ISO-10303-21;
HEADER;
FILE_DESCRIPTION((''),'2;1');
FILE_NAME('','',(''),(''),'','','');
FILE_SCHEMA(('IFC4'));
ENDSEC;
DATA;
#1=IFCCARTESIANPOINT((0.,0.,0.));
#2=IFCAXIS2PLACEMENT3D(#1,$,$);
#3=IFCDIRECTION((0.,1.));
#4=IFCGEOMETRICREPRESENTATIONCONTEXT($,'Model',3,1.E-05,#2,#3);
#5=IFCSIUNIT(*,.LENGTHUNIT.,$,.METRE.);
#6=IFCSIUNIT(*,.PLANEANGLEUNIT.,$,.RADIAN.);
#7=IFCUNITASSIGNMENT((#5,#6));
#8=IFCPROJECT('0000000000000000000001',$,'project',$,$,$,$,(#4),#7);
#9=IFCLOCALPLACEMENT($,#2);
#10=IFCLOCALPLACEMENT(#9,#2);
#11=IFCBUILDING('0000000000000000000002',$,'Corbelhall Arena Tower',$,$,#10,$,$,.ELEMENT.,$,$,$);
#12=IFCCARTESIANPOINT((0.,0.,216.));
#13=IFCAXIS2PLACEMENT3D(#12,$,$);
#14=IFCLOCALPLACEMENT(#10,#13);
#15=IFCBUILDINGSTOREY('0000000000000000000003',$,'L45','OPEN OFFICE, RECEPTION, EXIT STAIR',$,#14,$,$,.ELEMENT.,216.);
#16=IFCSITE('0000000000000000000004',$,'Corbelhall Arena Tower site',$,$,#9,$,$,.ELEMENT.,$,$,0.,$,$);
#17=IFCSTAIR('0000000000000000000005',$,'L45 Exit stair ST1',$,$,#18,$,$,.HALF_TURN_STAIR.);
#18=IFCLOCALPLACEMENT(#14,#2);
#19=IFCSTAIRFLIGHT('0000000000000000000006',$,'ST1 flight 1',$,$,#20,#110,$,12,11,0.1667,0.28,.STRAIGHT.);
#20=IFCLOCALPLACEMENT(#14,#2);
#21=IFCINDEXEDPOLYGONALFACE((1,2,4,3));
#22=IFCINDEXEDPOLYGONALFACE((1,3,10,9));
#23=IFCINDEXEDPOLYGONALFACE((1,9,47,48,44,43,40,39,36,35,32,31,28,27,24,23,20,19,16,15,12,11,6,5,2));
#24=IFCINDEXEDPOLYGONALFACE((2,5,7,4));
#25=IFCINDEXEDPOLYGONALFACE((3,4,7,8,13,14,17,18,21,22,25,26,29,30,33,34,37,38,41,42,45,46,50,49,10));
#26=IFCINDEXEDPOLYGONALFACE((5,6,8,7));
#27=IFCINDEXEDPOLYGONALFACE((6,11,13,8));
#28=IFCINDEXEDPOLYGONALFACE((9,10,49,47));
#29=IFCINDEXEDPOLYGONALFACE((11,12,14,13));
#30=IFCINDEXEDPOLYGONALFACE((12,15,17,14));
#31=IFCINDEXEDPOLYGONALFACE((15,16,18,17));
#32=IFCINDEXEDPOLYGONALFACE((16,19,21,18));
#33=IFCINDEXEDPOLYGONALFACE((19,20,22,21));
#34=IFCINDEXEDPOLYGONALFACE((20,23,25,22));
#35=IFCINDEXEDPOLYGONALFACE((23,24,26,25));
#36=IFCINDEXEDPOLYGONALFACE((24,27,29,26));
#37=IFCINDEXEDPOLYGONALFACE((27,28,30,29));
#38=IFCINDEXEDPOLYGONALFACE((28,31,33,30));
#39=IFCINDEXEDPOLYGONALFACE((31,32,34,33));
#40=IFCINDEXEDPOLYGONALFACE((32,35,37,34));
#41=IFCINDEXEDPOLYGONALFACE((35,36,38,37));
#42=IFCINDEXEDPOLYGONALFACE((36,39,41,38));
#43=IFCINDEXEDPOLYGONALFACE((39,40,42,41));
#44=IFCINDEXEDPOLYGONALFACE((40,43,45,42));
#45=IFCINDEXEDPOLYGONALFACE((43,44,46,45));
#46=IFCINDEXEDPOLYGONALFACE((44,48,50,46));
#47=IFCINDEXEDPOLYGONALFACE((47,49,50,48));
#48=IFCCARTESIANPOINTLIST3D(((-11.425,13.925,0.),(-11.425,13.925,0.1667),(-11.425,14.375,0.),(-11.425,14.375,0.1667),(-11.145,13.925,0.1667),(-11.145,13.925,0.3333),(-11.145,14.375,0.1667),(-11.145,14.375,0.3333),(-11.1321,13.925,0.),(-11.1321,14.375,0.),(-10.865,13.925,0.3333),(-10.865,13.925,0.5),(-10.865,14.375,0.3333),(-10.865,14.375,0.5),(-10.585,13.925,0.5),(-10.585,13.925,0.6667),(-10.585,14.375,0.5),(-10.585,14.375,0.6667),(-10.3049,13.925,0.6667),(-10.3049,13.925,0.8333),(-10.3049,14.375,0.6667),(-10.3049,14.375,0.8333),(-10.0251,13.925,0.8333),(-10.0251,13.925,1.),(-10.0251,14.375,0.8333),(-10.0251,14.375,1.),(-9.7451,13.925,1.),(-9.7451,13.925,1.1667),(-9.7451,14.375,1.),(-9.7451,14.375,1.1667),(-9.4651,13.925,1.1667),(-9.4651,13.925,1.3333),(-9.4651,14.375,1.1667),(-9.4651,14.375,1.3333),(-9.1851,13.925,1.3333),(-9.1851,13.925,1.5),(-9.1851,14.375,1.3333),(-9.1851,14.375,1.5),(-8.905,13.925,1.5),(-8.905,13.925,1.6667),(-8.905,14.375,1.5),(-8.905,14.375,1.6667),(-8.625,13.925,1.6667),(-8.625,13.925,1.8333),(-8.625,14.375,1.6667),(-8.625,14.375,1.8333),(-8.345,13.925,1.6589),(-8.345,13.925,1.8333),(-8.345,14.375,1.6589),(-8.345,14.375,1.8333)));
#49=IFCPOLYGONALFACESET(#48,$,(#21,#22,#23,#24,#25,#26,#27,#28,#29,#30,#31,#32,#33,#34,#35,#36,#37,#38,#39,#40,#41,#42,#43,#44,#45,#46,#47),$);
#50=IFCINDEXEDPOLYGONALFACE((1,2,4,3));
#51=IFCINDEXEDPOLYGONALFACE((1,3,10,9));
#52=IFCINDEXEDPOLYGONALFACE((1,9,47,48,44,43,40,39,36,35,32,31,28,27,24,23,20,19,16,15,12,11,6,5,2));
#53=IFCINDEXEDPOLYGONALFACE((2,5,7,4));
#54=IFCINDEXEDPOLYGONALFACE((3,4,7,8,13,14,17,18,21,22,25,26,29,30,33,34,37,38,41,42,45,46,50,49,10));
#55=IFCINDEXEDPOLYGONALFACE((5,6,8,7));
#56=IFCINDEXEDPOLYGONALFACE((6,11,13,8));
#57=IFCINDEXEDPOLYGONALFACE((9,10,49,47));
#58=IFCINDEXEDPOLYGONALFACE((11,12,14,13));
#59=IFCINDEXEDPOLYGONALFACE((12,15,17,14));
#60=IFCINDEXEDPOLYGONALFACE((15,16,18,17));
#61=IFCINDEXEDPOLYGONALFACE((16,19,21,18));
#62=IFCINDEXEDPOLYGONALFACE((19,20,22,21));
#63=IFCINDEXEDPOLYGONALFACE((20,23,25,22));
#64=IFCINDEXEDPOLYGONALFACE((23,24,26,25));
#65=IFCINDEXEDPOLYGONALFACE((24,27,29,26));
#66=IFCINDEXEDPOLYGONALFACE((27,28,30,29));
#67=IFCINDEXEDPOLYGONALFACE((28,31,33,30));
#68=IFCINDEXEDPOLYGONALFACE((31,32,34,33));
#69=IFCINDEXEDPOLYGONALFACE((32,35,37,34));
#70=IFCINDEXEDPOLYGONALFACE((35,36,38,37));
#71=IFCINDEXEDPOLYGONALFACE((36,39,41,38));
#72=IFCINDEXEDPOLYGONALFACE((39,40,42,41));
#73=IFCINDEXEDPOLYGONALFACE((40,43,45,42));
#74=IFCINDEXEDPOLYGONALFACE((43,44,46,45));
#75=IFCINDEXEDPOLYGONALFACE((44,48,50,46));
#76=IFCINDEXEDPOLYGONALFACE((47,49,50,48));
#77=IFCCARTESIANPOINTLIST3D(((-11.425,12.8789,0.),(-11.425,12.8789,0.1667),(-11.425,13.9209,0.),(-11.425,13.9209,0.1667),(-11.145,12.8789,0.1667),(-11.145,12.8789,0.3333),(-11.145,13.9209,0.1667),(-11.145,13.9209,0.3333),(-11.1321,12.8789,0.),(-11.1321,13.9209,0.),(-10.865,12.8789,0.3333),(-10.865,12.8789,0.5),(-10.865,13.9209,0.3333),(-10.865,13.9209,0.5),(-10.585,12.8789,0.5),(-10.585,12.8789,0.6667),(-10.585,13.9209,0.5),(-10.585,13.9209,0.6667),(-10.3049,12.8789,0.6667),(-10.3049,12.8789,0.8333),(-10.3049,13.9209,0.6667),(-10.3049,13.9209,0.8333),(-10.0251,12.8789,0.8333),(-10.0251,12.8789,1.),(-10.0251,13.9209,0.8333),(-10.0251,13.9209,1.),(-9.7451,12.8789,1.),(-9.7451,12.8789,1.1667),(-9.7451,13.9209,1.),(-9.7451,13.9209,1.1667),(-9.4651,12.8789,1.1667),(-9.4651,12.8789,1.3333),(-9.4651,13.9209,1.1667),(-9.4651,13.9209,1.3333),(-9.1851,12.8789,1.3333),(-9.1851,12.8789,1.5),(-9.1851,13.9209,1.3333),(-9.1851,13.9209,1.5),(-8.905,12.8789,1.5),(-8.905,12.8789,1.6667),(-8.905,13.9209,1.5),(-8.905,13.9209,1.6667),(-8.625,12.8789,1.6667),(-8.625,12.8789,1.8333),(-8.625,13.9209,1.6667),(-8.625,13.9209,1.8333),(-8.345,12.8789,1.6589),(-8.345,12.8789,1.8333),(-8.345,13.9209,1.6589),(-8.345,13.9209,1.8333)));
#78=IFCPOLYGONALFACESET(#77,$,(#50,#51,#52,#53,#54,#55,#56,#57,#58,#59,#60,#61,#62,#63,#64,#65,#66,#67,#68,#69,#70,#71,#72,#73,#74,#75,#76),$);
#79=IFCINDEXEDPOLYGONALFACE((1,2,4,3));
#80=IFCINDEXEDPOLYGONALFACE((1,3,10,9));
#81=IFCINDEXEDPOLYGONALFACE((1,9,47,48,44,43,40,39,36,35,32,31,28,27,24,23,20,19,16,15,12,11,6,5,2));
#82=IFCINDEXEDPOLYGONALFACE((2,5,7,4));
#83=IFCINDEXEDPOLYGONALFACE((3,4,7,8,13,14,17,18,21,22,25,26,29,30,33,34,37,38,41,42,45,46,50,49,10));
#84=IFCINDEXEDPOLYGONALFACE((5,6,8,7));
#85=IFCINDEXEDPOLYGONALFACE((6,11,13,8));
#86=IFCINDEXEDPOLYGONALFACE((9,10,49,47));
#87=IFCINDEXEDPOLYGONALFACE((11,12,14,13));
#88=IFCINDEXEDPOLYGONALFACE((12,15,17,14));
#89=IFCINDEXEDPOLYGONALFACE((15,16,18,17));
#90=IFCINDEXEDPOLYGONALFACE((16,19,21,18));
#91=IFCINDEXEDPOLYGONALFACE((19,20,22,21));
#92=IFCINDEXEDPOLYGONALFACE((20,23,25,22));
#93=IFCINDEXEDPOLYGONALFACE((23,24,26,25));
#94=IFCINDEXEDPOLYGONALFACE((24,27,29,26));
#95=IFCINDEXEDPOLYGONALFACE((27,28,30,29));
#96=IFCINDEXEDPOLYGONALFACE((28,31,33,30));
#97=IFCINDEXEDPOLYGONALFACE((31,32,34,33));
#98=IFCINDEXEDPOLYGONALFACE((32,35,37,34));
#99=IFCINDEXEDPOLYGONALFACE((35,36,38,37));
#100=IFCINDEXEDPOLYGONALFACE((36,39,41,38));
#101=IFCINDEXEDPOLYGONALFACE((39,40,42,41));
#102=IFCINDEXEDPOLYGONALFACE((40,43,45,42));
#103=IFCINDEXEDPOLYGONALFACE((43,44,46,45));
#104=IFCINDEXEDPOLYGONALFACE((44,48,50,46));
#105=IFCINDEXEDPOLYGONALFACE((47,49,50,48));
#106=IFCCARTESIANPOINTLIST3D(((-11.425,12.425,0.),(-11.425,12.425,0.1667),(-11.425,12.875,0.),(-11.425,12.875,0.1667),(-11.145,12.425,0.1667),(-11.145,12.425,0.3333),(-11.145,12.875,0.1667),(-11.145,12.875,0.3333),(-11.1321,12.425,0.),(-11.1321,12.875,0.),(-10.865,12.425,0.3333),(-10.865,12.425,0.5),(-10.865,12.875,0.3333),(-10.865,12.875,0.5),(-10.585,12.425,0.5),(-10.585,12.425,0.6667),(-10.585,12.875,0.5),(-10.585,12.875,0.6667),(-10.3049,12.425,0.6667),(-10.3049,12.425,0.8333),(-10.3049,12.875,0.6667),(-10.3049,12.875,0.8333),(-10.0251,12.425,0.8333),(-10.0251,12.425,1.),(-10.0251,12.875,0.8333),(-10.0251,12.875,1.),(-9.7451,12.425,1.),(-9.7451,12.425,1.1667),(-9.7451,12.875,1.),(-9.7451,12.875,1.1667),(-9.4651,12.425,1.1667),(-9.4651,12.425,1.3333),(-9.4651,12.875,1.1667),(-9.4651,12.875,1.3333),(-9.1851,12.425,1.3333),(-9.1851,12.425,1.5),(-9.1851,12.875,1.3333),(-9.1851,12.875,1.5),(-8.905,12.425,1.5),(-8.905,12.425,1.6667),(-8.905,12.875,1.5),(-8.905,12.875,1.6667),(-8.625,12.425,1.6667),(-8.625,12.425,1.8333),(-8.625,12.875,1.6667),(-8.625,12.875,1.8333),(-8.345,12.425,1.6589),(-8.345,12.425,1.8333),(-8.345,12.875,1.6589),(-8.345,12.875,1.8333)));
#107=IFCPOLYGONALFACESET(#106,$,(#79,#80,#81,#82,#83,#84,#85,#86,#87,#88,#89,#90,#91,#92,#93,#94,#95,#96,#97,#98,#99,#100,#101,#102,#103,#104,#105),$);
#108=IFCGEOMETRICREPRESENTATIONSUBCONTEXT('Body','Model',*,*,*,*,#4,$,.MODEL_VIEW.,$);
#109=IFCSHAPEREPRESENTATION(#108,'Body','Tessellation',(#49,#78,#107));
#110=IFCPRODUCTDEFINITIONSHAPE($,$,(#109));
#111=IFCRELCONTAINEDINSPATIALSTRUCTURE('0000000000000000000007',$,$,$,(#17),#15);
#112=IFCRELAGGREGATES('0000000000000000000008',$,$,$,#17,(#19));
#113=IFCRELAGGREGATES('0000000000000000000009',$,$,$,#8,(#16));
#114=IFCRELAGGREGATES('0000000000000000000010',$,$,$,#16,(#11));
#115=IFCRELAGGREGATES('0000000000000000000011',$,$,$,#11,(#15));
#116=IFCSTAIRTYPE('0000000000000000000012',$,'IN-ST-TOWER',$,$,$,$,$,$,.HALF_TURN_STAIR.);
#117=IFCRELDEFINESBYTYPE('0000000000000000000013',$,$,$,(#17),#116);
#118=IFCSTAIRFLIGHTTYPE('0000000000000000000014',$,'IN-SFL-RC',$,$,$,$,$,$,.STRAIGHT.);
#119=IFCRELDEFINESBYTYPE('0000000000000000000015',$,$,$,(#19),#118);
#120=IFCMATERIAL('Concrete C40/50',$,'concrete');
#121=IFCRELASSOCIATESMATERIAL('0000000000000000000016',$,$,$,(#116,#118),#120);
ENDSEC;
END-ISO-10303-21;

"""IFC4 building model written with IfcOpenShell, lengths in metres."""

from ifc_helpers import new_model, si_unit, direction, frame, origin, place, context, subcontext, project, spatial, polyline, outline, extrude, material, type_object, element, aggregate, save


model = new_model("IFC4")

# Units and contexts
model_context = context("Model", 3, precision=1e-05, world=origin(), true_north=direction((0.0, 1.0)))
body_context = subcontext(model_context, "Body", "Model", "MODEL_VIEW")
ifc_project = project(units=[si_unit("LENGTHUNIT", "METRE"), si_unit("PLANEANGLEUNIT", "RADIAN")], contexts=[model_context])

# Site, building, storey
site_placement = place(None, origin())
site = spatial("IfcSite", under=ifc_project, at=site_placement, Name="Corbelhall Arena Tower site", CompositionType="ELEMENT", RefElevation=0.0)
building_placement = place(site_placement, origin())
building = spatial("IfcBuilding", under=site, at=building_placement, Name="Corbelhall Arena Tower", CompositionType="ELEMENT")
storey_placement = place(building_placement, frame((0.0, 0.0, 216.0)))
storey = spatial("IfcBuildingStorey", under=building, at=storey_placement, Name="L45", Description="OPEN OFFICE, RECEPTION, EXIT STAIR", CompositionType="ELEMENT", Elevation=216.0)

# Shared definitions
ifc_material_1 = material(Name="Concrete C40/50", Category="concrete")

# Stair, stair flight
stair_type = type_object("IfcStairType", Name="IN-ST-TOWER", PredefinedType="HALF_TURN_STAIR", material=ifc_material_1)
stair_placement = place(storey_placement, origin())
stair = element("IfcStair", 1, at=stair_placement, inside=storey, type_object=stair_type, Name="L45 Exit stair ST1", PredefinedType="HALF_TURN_STAIR")
stair_flight_type = type_object("IfcStairFlightType", Name="IN-SFL-RC", PredefinedType="STRAIGHT", material=ifc_material_1)
stair_flight_placement = place(storey_placement, frame((-11.425, 13.3999, 0.0), z_axis=(0.0, 0.0, 1.0), x_axis=(1.0, 0.0, 0.0)))
stair_flight = element("IfcStairFlight", 2, at=stair_flight_placement, type_object=stair_flight_type, Name="ST1 flight 1", NumberOfRisers=12, NumberOfTreads=11, PredefinedType="STRAIGHT", RiserHeight=0.1667, TreadLength=0.28, context=body_context, shape_type="SweptSolid", body=[
    extrude(outline(polyline([(0.0, 0.0), (0.0, 0.1667), (0.28, 0.1667), (0.28, 0.3333), (0.5601, 0.3333), (0.5601, 0.5), (0.8401, 0.5), (0.8401, 0.6667), (1.1201, 0.6667), (1.1201, 0.8333), (1.3999, 0.8333), (1.3999, 1.0), (1.6799, 1.0), (1.6799, 1.1667), (1.96, 1.1667), (1.96, 1.3333), (2.24, 1.3333), (2.24, 1.5), (2.52, 1.5), (2.52, 1.6667), (2.8, 1.6667), (2.8, 1.8333), (3.0801, 1.8333), (3.0801, 2.0), (3.0801, 1.6589), (0.293, 0.0), (0.0, 0.0)])), frame((0.0, 0.9751, 0.0), z_axis=(0.0, -1.0, 0.0), x_axis=(1.0, 0.0, 0.0)), (0.0, 0.0, 1.0), 0.45),
    extrude(outline(polyline([(0.0, 0.0), (0.0, 0.1667), (0.28, 0.1667), (0.28, 0.3333), (0.5601, 0.3333), (0.5601, 0.5), (0.8401, 0.5), (0.8401, 0.6667), (1.1201, 0.6667), (1.1201, 0.8333), (1.3999, 0.8333), (1.3999, 1.0), (1.6799, 1.0), (1.6799, 1.1667), (1.96, 1.1667), (1.96, 1.3333), (2.24, 1.3333), (2.24, 1.5), (2.52, 1.5), (2.52, 1.6667), (2.8, 1.6667), (2.8, 1.8333), (3.0801, 1.8333), (3.0801, 2.0), (3.0801, 1.6589), (0.293, 0.0), (0.0, 0.0)])), frame((0.0, 0.521, 0.0), z_axis=(0.0, -1.0, 0.0), x_axis=(1.0, 0.0, 0.0)), (0.0, 0.0, 1.0), 1.042),
    extrude(outline(polyline([(0.0, 0.0), (0.0, 0.1667), (0.28, 0.1667), (0.28, 0.3333), (0.5601, 0.3333), (0.5601, 0.5), (0.8401, 0.5), (0.8401, 0.6667), (1.1201, 0.6667), (1.1201, 0.8333), (1.3999, 0.8333), (1.3999, 1.0), (1.6799, 1.0), (1.6799, 1.1667), (1.96, 1.1667), (1.96, 1.3333), (2.24, 1.3333), (2.24, 1.5), (2.52, 1.5), (2.52, 1.6667), (2.8, 1.6667), (2.8, 1.8333), (3.0801, 1.8333), (3.0801, 2.0), (3.0801, 1.6589), (0.293, 0.0), (0.0, 0.0)])), frame((0.0, -0.5249, 0.0), z_axis=(0.0, -1.0, 0.0), x_axis=(1.0, 0.0, 0.0)), (0.0, 0.0, 1.0), 0.45),
])
aggregate(stair, [stair_flight])

save(model, "model.ifc")
